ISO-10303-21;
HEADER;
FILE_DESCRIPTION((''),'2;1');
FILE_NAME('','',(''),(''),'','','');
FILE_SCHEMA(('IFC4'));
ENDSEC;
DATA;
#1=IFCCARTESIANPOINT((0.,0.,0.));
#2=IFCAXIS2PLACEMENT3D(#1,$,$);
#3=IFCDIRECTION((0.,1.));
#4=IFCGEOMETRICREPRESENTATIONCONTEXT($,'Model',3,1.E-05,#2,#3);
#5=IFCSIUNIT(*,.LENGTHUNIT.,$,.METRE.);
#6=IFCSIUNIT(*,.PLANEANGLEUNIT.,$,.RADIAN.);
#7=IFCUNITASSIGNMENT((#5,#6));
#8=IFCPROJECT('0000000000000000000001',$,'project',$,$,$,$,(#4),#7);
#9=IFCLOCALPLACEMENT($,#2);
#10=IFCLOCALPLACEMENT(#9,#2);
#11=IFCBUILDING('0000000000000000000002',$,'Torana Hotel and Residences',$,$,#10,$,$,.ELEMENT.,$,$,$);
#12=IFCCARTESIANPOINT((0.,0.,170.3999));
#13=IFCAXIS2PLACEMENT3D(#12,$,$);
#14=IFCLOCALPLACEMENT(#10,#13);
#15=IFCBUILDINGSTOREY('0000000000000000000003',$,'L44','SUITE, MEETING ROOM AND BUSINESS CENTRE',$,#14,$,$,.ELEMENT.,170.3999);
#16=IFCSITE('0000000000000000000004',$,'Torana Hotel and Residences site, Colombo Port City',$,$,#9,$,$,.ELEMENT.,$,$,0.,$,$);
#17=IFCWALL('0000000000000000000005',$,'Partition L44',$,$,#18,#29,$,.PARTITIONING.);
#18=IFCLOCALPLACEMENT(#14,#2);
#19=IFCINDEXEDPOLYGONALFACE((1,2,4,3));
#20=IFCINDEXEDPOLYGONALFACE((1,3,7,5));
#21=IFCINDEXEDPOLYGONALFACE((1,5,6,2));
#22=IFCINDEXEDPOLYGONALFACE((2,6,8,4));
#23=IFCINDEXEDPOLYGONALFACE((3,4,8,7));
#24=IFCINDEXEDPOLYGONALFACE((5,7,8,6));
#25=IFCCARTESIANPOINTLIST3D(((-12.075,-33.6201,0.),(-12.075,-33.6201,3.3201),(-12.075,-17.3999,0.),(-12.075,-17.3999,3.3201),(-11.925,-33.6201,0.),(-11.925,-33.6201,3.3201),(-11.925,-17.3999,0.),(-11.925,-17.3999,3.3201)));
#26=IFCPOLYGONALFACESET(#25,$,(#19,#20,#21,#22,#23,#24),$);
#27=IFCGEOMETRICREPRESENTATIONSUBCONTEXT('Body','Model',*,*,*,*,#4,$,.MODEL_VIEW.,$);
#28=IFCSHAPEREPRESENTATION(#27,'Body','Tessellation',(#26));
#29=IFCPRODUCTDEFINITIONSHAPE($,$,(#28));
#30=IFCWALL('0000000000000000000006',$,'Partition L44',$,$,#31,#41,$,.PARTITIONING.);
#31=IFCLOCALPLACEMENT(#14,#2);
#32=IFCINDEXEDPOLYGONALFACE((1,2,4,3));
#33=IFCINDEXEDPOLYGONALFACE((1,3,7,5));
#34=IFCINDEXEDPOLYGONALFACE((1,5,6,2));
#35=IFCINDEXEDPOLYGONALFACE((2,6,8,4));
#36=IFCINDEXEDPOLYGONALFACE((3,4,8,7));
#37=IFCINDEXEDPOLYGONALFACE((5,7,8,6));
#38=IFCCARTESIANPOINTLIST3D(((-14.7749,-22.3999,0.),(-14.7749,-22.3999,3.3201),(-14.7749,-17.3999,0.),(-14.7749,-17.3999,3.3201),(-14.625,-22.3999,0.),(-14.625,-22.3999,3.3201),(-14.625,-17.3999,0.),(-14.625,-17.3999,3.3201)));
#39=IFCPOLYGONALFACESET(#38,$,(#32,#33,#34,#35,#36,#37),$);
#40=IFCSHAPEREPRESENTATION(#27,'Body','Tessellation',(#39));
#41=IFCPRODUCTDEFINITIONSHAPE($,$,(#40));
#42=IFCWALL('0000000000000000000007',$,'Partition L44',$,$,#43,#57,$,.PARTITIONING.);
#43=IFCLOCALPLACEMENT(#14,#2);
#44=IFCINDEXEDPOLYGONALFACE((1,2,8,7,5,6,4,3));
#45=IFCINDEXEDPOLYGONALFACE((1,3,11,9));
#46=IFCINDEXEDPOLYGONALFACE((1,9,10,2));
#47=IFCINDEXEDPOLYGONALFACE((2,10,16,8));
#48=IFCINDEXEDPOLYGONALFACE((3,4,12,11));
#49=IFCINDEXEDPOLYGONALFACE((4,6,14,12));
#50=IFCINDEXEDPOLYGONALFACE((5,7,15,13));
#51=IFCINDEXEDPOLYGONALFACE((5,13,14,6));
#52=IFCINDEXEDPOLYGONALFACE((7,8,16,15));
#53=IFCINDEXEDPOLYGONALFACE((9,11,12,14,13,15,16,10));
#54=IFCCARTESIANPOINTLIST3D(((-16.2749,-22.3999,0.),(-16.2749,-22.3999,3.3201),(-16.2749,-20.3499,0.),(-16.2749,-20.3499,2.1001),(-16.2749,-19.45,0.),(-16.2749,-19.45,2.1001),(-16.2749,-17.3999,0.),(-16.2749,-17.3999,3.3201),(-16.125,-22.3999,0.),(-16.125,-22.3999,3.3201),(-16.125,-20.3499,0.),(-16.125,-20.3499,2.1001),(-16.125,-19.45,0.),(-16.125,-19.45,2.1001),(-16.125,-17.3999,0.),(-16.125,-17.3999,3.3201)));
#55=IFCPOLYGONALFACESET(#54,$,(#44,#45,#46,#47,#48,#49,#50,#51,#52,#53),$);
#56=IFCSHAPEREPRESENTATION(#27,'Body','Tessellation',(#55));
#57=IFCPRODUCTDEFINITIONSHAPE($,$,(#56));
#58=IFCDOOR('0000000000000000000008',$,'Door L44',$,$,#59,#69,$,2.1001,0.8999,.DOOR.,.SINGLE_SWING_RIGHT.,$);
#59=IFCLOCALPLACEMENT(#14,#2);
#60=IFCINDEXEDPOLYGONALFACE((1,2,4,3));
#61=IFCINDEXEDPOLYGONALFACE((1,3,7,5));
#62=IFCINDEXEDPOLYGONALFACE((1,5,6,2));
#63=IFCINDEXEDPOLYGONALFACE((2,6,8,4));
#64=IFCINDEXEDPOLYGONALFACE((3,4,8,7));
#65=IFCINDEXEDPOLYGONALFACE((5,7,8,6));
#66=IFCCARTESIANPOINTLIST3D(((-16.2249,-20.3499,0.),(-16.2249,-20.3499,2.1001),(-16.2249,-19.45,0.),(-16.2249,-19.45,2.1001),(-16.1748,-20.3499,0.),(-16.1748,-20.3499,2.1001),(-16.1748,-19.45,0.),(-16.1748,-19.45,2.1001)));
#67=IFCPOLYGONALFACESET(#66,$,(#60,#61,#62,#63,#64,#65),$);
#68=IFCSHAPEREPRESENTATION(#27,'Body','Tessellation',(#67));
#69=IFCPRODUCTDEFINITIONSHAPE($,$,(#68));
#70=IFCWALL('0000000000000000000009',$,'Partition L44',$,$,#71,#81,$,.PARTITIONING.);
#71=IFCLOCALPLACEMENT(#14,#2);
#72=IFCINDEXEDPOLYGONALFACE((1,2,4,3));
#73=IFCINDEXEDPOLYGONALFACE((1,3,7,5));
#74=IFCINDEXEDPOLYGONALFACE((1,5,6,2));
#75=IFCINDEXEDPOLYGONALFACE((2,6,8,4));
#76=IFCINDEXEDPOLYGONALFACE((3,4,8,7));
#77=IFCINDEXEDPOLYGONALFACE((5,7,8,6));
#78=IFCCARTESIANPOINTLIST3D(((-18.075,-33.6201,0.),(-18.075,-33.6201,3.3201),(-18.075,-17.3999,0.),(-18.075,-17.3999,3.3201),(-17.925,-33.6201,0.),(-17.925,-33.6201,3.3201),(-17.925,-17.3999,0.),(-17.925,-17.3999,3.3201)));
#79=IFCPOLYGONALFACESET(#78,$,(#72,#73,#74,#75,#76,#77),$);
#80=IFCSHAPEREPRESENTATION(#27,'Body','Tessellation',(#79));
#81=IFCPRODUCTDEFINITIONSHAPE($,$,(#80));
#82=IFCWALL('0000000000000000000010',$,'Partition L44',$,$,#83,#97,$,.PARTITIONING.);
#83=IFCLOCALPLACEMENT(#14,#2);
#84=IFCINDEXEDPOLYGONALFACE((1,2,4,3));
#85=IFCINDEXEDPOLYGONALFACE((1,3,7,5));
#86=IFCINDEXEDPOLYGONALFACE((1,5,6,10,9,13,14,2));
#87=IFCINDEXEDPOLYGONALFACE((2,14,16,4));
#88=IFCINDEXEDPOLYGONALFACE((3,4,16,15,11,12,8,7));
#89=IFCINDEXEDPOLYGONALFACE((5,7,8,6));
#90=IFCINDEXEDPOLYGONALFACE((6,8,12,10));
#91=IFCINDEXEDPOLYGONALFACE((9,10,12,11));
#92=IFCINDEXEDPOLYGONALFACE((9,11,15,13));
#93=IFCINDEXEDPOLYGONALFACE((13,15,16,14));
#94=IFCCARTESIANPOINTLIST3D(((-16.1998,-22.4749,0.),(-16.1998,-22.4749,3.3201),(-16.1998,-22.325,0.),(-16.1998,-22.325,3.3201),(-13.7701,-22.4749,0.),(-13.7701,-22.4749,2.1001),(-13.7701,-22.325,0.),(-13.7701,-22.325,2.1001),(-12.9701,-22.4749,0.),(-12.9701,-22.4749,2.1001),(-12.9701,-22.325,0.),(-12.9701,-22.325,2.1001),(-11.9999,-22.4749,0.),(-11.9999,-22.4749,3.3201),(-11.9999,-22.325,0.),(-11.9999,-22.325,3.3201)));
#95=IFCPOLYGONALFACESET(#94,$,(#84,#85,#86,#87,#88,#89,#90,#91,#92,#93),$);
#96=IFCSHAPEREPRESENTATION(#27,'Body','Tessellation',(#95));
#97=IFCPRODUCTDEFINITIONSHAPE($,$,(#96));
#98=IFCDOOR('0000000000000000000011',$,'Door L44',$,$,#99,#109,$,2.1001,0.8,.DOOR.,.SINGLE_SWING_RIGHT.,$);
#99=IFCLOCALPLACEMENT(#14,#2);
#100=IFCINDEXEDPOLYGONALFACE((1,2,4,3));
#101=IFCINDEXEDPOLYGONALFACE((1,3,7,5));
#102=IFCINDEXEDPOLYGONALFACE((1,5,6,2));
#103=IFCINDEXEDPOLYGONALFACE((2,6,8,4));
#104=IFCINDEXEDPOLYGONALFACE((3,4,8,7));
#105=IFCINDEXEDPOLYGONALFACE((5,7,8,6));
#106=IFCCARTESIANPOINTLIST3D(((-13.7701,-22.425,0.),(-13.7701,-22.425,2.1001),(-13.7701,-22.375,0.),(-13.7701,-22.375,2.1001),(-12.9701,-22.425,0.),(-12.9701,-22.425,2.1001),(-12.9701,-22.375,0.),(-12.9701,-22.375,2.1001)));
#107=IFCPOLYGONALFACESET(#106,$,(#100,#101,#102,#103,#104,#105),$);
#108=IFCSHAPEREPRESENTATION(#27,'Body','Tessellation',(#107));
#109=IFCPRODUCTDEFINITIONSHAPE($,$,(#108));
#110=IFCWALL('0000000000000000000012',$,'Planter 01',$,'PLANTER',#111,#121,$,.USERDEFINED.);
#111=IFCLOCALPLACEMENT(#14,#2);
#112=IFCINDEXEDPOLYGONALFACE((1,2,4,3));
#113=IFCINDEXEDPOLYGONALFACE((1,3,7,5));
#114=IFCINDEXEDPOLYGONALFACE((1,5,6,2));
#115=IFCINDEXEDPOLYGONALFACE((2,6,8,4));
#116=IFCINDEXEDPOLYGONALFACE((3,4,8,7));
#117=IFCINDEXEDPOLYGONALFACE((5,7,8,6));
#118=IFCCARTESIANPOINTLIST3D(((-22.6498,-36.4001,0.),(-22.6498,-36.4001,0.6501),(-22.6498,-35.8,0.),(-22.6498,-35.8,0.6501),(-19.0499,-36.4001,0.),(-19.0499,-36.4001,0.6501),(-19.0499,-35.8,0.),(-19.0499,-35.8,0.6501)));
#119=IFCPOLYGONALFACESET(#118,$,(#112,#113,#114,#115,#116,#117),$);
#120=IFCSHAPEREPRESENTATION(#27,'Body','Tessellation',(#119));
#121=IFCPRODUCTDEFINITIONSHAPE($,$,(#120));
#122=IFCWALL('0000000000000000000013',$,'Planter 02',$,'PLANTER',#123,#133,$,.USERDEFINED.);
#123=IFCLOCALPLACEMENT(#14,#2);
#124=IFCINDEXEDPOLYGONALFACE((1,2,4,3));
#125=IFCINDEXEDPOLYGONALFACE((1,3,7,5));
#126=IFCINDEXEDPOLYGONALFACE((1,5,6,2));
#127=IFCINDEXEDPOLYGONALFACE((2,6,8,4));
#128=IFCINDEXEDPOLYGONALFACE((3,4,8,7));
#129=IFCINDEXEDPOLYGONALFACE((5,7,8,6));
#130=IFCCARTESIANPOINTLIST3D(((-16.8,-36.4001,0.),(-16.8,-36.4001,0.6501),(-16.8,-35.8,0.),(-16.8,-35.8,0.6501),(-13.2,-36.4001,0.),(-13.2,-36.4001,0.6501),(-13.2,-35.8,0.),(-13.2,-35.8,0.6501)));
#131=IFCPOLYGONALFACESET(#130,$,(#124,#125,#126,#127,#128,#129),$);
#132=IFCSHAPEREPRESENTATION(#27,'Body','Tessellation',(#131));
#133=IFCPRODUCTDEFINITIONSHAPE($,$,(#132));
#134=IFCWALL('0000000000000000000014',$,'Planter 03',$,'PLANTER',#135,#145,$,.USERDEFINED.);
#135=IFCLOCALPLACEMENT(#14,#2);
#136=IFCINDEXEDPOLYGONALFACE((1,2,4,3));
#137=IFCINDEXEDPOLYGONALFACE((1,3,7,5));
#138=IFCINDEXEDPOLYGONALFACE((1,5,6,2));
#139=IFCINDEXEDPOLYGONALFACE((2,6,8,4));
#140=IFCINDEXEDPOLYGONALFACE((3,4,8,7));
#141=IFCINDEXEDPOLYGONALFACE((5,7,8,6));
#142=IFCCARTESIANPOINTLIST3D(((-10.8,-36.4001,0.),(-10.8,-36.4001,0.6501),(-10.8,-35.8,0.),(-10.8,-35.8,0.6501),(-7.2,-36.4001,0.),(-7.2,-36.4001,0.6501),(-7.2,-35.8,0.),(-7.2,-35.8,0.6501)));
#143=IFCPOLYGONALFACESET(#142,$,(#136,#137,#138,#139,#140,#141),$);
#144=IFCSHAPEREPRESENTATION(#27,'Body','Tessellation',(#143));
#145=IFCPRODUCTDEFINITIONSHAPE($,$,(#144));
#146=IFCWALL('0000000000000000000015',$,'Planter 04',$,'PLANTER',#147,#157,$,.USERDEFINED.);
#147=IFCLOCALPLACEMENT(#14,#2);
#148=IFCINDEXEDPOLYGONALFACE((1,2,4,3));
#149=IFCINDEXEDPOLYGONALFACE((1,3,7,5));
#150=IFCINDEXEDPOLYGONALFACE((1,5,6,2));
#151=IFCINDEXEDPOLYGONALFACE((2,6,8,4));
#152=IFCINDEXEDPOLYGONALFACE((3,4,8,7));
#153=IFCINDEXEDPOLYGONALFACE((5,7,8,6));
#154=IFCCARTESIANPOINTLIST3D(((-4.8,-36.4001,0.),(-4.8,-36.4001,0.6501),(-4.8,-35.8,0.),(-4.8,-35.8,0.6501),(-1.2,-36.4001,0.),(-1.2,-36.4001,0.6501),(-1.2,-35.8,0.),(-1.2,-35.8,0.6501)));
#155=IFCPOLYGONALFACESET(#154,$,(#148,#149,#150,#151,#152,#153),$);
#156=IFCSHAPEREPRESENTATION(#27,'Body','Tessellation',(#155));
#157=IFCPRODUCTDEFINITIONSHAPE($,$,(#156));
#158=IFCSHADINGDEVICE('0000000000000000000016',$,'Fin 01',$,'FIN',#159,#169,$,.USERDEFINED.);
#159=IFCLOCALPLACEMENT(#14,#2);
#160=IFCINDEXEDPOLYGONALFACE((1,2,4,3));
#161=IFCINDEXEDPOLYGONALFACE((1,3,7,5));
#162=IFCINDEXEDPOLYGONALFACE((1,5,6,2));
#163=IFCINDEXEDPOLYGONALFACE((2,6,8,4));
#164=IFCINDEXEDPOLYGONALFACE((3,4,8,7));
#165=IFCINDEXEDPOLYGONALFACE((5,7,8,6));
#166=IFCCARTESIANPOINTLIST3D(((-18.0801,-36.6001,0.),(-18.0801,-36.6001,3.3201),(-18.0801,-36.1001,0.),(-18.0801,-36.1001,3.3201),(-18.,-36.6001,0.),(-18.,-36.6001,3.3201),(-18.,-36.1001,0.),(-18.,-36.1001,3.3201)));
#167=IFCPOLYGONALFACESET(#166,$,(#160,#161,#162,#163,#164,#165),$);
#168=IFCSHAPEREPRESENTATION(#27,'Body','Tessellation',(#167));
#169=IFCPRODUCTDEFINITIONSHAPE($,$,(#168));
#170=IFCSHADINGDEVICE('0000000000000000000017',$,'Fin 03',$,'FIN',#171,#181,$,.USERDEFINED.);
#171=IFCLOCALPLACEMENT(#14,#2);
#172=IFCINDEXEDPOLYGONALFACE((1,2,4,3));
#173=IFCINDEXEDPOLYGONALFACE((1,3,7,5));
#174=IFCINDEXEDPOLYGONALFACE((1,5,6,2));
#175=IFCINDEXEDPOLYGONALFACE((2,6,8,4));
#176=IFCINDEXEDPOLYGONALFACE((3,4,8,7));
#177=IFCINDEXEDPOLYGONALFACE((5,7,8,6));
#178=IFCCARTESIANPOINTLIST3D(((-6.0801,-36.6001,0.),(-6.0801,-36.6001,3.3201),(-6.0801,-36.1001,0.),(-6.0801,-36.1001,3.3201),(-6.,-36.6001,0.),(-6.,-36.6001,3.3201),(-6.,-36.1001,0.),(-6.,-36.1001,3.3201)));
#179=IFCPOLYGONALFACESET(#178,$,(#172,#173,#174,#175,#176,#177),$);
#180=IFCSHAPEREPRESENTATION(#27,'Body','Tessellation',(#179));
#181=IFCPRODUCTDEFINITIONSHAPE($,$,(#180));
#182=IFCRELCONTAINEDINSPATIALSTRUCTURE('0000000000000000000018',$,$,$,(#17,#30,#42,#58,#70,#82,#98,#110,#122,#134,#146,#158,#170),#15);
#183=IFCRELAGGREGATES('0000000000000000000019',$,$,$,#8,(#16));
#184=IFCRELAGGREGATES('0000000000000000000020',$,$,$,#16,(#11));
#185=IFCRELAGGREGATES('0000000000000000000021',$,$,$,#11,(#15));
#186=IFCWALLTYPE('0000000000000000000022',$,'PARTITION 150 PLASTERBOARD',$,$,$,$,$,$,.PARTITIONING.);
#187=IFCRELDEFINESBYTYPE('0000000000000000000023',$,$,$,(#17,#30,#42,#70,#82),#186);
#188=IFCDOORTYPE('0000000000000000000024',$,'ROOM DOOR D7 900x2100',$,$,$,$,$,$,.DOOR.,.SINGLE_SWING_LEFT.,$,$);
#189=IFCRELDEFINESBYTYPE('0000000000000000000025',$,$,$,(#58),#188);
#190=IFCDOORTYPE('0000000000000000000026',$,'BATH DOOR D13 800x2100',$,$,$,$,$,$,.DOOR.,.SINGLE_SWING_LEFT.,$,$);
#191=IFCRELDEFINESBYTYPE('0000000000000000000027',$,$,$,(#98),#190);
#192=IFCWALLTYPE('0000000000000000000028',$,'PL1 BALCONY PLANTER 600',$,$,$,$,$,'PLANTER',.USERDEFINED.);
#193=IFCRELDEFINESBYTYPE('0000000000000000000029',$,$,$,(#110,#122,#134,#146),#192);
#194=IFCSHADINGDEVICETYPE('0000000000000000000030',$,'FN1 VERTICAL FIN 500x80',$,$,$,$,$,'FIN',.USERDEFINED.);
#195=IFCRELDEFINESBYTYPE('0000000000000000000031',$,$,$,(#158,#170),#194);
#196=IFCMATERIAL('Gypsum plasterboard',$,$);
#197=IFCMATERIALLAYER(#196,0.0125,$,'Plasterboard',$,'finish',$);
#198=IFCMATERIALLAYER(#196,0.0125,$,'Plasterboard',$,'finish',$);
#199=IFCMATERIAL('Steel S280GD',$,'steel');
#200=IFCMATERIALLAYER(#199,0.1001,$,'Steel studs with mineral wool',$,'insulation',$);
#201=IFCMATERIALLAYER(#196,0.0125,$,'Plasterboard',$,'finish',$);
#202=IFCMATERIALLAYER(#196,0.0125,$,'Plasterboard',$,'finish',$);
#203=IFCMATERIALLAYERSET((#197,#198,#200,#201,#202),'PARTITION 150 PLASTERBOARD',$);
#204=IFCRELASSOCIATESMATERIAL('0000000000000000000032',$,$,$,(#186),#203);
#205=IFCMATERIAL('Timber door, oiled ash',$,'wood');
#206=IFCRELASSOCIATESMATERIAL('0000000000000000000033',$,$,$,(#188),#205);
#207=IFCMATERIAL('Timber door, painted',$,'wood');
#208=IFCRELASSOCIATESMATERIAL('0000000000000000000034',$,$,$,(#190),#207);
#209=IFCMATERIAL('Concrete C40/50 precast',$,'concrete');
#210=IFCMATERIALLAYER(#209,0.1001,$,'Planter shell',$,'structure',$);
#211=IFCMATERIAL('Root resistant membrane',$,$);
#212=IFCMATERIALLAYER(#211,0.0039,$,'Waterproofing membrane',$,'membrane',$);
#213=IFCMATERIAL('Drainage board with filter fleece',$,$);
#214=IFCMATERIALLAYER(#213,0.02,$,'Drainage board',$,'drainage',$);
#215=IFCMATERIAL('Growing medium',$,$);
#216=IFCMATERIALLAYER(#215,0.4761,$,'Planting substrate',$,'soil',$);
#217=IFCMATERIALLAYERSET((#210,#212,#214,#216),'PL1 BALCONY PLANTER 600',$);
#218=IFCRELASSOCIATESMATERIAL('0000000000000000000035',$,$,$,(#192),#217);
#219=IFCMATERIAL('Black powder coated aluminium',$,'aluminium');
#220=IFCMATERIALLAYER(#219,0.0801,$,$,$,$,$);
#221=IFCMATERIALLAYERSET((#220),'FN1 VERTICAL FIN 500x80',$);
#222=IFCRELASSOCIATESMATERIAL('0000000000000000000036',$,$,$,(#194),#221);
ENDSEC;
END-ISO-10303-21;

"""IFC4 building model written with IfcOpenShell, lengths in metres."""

from ifc_helpers import new_model, si_unit, direction, frame, frame_2d, origin, origin_2d, place, context, subcontext, project, spatial, rectangle, extrude, material, layer, layer_set, type_object, element, fill, save


model = new_model("IFC4")

# Units and contexts
model_context = context("Model", 3, precision=1e-05, world=origin(), true_north=direction((0.0, 1.0)))
body_context = subcontext(model_context, "Body", "Model", "MODEL_VIEW")
ifc_project = project(units=[si_unit("LENGTHUNIT", "METRE"), si_unit("PLANEANGLEUNIT", "RADIAN")], contexts=[model_context])

# Site, building, storey
site_placement = place(None, origin())
site = spatial("IfcSite", under=ifc_project, at=site_placement, Name="Torana Hotel and Residences site, Colombo Port City", CompositionType="ELEMENT", RefElevation=0.0)
building_placement = place(site_placement, origin())
building = spatial("IfcBuilding", under=site, at=building_placement, Name="Torana Hotel and Residences", CompositionType="ELEMENT")
storey_placement = place(building_placement, frame((0.0, 0.0, 170.3999)))
storey = spatial("IfcBuildingStorey", under=building, at=storey_placement, Name="L44", Description="SUITE, MEETING ROOM AND BUSINESS CENTRE", CompositionType="ELEMENT", Elevation=170.3999)

# Walls
ifc_material_1 = material(Name="Gypsum plasterboard")
ifc_layer_1 = layer(ifc_material_1, 0.0125, Name="Plasterboard", Category="finish")
ifc_layer_2 = layer(ifc_material_1, 0.0125, Name="Plasterboard", Category="finish")
ifc_material_2 = material(Name="Steel S280GD", Category="steel")
ifc_layer_3 = layer(ifc_material_2, 0.1001, Name="Steel studs with mineral wool", Category="insulation")
ifc_layer_4 = layer(ifc_material_1, 0.0125, Name="Plasterboard", Category="finish")
ifc_layer_5 = layer(ifc_material_1, 0.0125, Name="Plasterboard", Category="finish")
ifc_layer_set_1 = layer_set([ifc_layer_1, ifc_layer_2, ifc_layer_3, ifc_layer_4, ifc_layer_5], Name="PARTITION 150 PLASTERBOARD")
wall_type_1 = type_object("IfcWallType", Name="PARTITION 150 PLASTERBOARD", PredefinedType="PARTITIONING", material=ifc_layer_set_1)
wall_1_placement = place(storey_placement, frame((-12.0, -33.6201, 0.0), z_axis=(0.0, 0.0, 1.0), x_axis=(0.0, 1.0, 0.0)))
element("IfcWall", 1, at=wall_1_placement, inside=storey, type_object=wall_type_1, Name="Partition L44", PredefinedType="PARTITIONING", context=body_context, shape_type="SweptSolid", body=[
    extrude(rectangle(XDim=16.2202, YDim=0.1499, at=frame_2d((8.1101, 0.0))), origin(), (0.0, 0.0, 1.0), 3.3201),
])
wall_2_placement = place(storey_placement, frame((-14.7, -22.3999, 0.0), z_axis=(0.0, 0.0, 1.0), x_axis=(0.0, 1.0, 0.0)))
element("IfcWall", 2, at=wall_2_placement, inside=storey, type_object=wall_type_1, Name="Partition L44", PredefinedType="PARTITIONING", context=body_context, shape_type="SweptSolid", body=[
    extrude(rectangle(XDim=5.0, YDim=0.1499, at=frame_2d((2.5, 0.0))), origin(), (0.0, 0.0, 1.0), 3.3201),
])

# Wall, opening, door
wall_3_placement = place(storey_placement, frame((-16.2, -22.3999, 0.0), z_axis=(0.0, 0.0, 1.0), x_axis=(0.0, 1.0, 0.0)))
wall_3 = element("IfcWall", 3, at=wall_3_placement, inside=storey, type_object=wall_type_1, Name="Partition L44", PredefinedType="PARTITIONING", context=body_context, shape_type="SweptSolid", body=[
    extrude(rectangle(XDim=5.0, YDim=0.1499, at=frame_2d((2.5, 0.0))), origin(), (0.0, 0.0, 1.0), 3.3201),
])
opening_1_placement = place(wall_3_placement, frame((2.05, 0.0, 0.0)))
opening_1 = element("IfcOpeningElement", 4, at=opening_1_placement, cuts=wall_3, PredefinedType="OPENING", context=body_context, shape_type="SweptSolid", body=[
    extrude(rectangle(XDim=0.8999, YDim=2.1001, at=frame_2d((0.45, 1.05))), frame((0.0, 0.085, 0.0), z_axis=(0.0, -1.0, 0.0), x_axis=(1.0, 0.0, 0.0)), (0.0, 0.0, 1.0), 0.1699),
])
ifc_material_3 = material(Name="Timber door, oiled ash", Category="wood")
door_type_1 = type_object("IfcDoorType", Name="ROOM DOOR D7 900x2100", OperationType="SINGLE_SWING_LEFT", PredefinedType="DOOR", material=ifc_material_3)
door_1_placement = place(opening_1_placement, origin())
door_1 = element("IfcDoor", 5, at=door_1_placement, inside=storey, type_object=door_type_1, Name="Door L44", OperationType="SINGLE_SWING_RIGHT", OverallHeight=2.1001, OverallWidth=0.8999, PredefinedType="DOOR", context=body_context, shape_type="SweptSolid", body=[
    extrude(rectangle(XDim=0.8999, YDim=2.1001, at=frame_2d((0.45, 1.05))), frame((0.0, 0.0249, 0.0), z_axis=(0.0, -1.0, 0.0), x_axis=(1.0, 0.0, 0.0)), (0.0, 0.0, 1.0), 0.05),
])
fill(opening_1, door_1)

# Wall
wall_4_placement = place(storey_placement, frame((-18.0, -33.6201, 0.0), z_axis=(0.0, 0.0, 1.0), x_axis=(0.0, 1.0, 0.0)))
element("IfcWall", 6, at=wall_4_placement, inside=storey, type_object=wall_type_1, Name="Partition L44", PredefinedType="PARTITIONING", context=body_context, shape_type="SweptSolid", body=[
    extrude(rectangle(XDim=16.2202, YDim=0.1499, at=frame_2d((8.1101, 0.0))), origin(), (0.0, 0.0, 1.0), 3.3201),
])

# Wall, opening, door
wall_5_placement = place(storey_placement, frame((-16.2, -22.3999, 0.0), z_axis=(0.0, 0.0, 1.0), x_axis=(1.0, 0.0, 0.0)))
wall_5 = element("IfcWall", 7, at=wall_5_placement, inside=storey, type_object=wall_type_1, Name="Partition L44", PredefinedType="PARTITIONING", context=body_context, shape_type="SweptSolid", body=[
    extrude(rectangle(XDim=4.2, YDim=0.1499, at=frame_2d((2.1001, 0.0))), origin(), (0.0, 0.0, 1.0), 3.3201),
])
opening_2_placement = place(wall_5_placement, frame((2.4299, 0.0, 0.0)))
opening_2 = element("IfcOpeningElement", 8, at=opening_2_placement, cuts=wall_5, PredefinedType="OPENING", context=body_context, shape_type="SweptSolid", body=[
    extrude(rectangle(XDim=0.8, YDim=2.1001, at=frame_2d((0.3999, 1.05))), frame((0.0, 0.085, 0.0), z_axis=(0.0, -1.0, 0.0), x_axis=(1.0, 0.0, 0.0)), (0.0, 0.0, 1.0), 0.1699),
])
ifc_material_4 = material(Name="Timber door, painted", Category="wood")
door_type_2 = type_object("IfcDoorType", Name="BATH DOOR D13 800x2100", OperationType="SINGLE_SWING_LEFT", PredefinedType="DOOR", material=ifc_material_4)
door_2_placement = place(opening_2_placement, origin())
door_2 = element("IfcDoor", 9, at=door_2_placement, inside=storey, type_object=door_type_2, Name="Door L44", OperationType="SINGLE_SWING_RIGHT", OverallHeight=2.1001, OverallWidth=0.8, PredefinedType="DOOR", context=body_context, shape_type="SweptSolid", body=[
    extrude(rectangle(XDim=0.8, YDim=2.1001, at=frame_2d((0.3999, 1.05))), frame((0.0, 0.0249, 0.0), z_axis=(0.0, -1.0, 0.0), x_axis=(1.0, 0.0, 0.0)), (0.0, 0.0, 1.0), 0.05),
])
fill(opening_2, door_2)

# Walls
ifc_material_5 = material(Name="Concrete C40/50 precast", Category="concrete")
ifc_layer_6 = layer(ifc_material_5, 0.1001, Name="Planter shell", Category="structure")
ifc_material_6 = material(Name="Root resistant membrane")
ifc_layer_7 = layer(ifc_material_6, 0.0039, Name="Waterproofing membrane", Category="membrane")
ifc_material_7 = material(Name="Drainage board with filter fleece")
ifc_layer_8 = layer(ifc_material_7, 0.02, Name="Drainage board", Category="drainage")
ifc_material_8 = material(Name="Growing medium")
ifc_layer_9 = layer(ifc_material_8, 0.4761, Name="Planting substrate", Category="soil")
ifc_layer_set_2 = layer_set([ifc_layer_6, ifc_layer_7, ifc_layer_8, ifc_layer_9], Name="PL1 BALCONY PLANTER 600")
wall_type_2 = type_object("IfcWallType", Name="PL1 BALCONY PLANTER 600", ElementType="PLANTER", PredefinedType="USERDEFINED", material=ifc_layer_set_2)
wall_6_placement = place(storey_placement, frame((-19.05, -36.1001, 0.0), z_axis=(0.0, 0.0, 1.0), x_axis=(-1.0, 0.0, 0.0)))
element("IfcWall", 10, at=wall_6_placement, inside=storey, type_object=wall_type_2, Name="Planter 01", ObjectType="PLANTER", PredefinedType="USERDEFINED", context=body_context, shape_type="SweptSolid", body=[
    extrude(rectangle(XDim=3.5999, YDim=0.6001, at=frame_2d((1.7998, 0.0))), origin(), (0.0, 0.0, 1.0), 0.6501),
])
for number, where, z_axis, x_axis, name in (
    (11, (-13.2, -36.1001, 0.0), (0.0, 0.0, 1.0), (-1.0, 0.0, 0.0), "Planter 02"),
    (12, (-7.2, -36.1001, 0.0), (0.0, 0.0, 1.0), (-1.0, 0.0, 0.0), "Planter 03"),
    (13, (-1.2, -36.1001, 0.0), (0.0, 0.0, 1.0), (-1.0, 0.0, 0.0), "Planter 04"),
):
    element("IfcWall", number, at=place(storey_placement, frame(where, z_axis=z_axis, x_axis=x_axis)), inside=storey, type_object=wall_type_2, Name=name, ObjectType="PLANTER", PredefinedType="USERDEFINED", context=body_context, shape_type="SweptSolid", body=[
        extrude(rectangle(XDim=3.6001, YDim=0.6001, at=frame_2d((1.8, 0.0))), origin(), (0.0, 0.0, 1.0), 0.6501),
    ])

# Shading devices
ifc_material_9 = material(Name="Black powder coated aluminium", Category="aluminium")
ifc_layer_10 = layer(ifc_material_9, 0.0801)
ifc_layer_set_3 = layer_set([ifc_layer_10], Name="FN1 VERTICAL FIN 500x80")
shading_device_type = type_object("IfcShadingDeviceType", Name="FN1 VERTICAL FIN 500x80", ElementType="FIN", PredefinedType="USERDEFINED", material=ifc_layer_set_3)
for number, where, z_axis, x_axis, name in (
    (14, (-18.04, -36.3501, 0.0), (0.0, 0.0, 1.0), (-1.0, 0.0, 0.0), "Fin 01"),
    (15, (-6.04, -36.3501, 0.0), (0.0, 0.0, 1.0), (-1.0, 0.0, 0.0), "Fin 03"),
):
    element("IfcShadingDevice", number, at=place(storey_placement, frame(where, z_axis=z_axis, x_axis=x_axis)), inside=storey, type_object=shading_device_type, Name=name, ObjectType="FIN", PredefinedType="USERDEFINED", context=body_context, shape_type="SweptSolid", body=[
        extrude(rectangle(XDim=0.0801, YDim=0.5, at=origin_2d()), origin(), (0.0, 0.0, 1.0), 3.3201),
    ])

save(model, "model.ifc")
